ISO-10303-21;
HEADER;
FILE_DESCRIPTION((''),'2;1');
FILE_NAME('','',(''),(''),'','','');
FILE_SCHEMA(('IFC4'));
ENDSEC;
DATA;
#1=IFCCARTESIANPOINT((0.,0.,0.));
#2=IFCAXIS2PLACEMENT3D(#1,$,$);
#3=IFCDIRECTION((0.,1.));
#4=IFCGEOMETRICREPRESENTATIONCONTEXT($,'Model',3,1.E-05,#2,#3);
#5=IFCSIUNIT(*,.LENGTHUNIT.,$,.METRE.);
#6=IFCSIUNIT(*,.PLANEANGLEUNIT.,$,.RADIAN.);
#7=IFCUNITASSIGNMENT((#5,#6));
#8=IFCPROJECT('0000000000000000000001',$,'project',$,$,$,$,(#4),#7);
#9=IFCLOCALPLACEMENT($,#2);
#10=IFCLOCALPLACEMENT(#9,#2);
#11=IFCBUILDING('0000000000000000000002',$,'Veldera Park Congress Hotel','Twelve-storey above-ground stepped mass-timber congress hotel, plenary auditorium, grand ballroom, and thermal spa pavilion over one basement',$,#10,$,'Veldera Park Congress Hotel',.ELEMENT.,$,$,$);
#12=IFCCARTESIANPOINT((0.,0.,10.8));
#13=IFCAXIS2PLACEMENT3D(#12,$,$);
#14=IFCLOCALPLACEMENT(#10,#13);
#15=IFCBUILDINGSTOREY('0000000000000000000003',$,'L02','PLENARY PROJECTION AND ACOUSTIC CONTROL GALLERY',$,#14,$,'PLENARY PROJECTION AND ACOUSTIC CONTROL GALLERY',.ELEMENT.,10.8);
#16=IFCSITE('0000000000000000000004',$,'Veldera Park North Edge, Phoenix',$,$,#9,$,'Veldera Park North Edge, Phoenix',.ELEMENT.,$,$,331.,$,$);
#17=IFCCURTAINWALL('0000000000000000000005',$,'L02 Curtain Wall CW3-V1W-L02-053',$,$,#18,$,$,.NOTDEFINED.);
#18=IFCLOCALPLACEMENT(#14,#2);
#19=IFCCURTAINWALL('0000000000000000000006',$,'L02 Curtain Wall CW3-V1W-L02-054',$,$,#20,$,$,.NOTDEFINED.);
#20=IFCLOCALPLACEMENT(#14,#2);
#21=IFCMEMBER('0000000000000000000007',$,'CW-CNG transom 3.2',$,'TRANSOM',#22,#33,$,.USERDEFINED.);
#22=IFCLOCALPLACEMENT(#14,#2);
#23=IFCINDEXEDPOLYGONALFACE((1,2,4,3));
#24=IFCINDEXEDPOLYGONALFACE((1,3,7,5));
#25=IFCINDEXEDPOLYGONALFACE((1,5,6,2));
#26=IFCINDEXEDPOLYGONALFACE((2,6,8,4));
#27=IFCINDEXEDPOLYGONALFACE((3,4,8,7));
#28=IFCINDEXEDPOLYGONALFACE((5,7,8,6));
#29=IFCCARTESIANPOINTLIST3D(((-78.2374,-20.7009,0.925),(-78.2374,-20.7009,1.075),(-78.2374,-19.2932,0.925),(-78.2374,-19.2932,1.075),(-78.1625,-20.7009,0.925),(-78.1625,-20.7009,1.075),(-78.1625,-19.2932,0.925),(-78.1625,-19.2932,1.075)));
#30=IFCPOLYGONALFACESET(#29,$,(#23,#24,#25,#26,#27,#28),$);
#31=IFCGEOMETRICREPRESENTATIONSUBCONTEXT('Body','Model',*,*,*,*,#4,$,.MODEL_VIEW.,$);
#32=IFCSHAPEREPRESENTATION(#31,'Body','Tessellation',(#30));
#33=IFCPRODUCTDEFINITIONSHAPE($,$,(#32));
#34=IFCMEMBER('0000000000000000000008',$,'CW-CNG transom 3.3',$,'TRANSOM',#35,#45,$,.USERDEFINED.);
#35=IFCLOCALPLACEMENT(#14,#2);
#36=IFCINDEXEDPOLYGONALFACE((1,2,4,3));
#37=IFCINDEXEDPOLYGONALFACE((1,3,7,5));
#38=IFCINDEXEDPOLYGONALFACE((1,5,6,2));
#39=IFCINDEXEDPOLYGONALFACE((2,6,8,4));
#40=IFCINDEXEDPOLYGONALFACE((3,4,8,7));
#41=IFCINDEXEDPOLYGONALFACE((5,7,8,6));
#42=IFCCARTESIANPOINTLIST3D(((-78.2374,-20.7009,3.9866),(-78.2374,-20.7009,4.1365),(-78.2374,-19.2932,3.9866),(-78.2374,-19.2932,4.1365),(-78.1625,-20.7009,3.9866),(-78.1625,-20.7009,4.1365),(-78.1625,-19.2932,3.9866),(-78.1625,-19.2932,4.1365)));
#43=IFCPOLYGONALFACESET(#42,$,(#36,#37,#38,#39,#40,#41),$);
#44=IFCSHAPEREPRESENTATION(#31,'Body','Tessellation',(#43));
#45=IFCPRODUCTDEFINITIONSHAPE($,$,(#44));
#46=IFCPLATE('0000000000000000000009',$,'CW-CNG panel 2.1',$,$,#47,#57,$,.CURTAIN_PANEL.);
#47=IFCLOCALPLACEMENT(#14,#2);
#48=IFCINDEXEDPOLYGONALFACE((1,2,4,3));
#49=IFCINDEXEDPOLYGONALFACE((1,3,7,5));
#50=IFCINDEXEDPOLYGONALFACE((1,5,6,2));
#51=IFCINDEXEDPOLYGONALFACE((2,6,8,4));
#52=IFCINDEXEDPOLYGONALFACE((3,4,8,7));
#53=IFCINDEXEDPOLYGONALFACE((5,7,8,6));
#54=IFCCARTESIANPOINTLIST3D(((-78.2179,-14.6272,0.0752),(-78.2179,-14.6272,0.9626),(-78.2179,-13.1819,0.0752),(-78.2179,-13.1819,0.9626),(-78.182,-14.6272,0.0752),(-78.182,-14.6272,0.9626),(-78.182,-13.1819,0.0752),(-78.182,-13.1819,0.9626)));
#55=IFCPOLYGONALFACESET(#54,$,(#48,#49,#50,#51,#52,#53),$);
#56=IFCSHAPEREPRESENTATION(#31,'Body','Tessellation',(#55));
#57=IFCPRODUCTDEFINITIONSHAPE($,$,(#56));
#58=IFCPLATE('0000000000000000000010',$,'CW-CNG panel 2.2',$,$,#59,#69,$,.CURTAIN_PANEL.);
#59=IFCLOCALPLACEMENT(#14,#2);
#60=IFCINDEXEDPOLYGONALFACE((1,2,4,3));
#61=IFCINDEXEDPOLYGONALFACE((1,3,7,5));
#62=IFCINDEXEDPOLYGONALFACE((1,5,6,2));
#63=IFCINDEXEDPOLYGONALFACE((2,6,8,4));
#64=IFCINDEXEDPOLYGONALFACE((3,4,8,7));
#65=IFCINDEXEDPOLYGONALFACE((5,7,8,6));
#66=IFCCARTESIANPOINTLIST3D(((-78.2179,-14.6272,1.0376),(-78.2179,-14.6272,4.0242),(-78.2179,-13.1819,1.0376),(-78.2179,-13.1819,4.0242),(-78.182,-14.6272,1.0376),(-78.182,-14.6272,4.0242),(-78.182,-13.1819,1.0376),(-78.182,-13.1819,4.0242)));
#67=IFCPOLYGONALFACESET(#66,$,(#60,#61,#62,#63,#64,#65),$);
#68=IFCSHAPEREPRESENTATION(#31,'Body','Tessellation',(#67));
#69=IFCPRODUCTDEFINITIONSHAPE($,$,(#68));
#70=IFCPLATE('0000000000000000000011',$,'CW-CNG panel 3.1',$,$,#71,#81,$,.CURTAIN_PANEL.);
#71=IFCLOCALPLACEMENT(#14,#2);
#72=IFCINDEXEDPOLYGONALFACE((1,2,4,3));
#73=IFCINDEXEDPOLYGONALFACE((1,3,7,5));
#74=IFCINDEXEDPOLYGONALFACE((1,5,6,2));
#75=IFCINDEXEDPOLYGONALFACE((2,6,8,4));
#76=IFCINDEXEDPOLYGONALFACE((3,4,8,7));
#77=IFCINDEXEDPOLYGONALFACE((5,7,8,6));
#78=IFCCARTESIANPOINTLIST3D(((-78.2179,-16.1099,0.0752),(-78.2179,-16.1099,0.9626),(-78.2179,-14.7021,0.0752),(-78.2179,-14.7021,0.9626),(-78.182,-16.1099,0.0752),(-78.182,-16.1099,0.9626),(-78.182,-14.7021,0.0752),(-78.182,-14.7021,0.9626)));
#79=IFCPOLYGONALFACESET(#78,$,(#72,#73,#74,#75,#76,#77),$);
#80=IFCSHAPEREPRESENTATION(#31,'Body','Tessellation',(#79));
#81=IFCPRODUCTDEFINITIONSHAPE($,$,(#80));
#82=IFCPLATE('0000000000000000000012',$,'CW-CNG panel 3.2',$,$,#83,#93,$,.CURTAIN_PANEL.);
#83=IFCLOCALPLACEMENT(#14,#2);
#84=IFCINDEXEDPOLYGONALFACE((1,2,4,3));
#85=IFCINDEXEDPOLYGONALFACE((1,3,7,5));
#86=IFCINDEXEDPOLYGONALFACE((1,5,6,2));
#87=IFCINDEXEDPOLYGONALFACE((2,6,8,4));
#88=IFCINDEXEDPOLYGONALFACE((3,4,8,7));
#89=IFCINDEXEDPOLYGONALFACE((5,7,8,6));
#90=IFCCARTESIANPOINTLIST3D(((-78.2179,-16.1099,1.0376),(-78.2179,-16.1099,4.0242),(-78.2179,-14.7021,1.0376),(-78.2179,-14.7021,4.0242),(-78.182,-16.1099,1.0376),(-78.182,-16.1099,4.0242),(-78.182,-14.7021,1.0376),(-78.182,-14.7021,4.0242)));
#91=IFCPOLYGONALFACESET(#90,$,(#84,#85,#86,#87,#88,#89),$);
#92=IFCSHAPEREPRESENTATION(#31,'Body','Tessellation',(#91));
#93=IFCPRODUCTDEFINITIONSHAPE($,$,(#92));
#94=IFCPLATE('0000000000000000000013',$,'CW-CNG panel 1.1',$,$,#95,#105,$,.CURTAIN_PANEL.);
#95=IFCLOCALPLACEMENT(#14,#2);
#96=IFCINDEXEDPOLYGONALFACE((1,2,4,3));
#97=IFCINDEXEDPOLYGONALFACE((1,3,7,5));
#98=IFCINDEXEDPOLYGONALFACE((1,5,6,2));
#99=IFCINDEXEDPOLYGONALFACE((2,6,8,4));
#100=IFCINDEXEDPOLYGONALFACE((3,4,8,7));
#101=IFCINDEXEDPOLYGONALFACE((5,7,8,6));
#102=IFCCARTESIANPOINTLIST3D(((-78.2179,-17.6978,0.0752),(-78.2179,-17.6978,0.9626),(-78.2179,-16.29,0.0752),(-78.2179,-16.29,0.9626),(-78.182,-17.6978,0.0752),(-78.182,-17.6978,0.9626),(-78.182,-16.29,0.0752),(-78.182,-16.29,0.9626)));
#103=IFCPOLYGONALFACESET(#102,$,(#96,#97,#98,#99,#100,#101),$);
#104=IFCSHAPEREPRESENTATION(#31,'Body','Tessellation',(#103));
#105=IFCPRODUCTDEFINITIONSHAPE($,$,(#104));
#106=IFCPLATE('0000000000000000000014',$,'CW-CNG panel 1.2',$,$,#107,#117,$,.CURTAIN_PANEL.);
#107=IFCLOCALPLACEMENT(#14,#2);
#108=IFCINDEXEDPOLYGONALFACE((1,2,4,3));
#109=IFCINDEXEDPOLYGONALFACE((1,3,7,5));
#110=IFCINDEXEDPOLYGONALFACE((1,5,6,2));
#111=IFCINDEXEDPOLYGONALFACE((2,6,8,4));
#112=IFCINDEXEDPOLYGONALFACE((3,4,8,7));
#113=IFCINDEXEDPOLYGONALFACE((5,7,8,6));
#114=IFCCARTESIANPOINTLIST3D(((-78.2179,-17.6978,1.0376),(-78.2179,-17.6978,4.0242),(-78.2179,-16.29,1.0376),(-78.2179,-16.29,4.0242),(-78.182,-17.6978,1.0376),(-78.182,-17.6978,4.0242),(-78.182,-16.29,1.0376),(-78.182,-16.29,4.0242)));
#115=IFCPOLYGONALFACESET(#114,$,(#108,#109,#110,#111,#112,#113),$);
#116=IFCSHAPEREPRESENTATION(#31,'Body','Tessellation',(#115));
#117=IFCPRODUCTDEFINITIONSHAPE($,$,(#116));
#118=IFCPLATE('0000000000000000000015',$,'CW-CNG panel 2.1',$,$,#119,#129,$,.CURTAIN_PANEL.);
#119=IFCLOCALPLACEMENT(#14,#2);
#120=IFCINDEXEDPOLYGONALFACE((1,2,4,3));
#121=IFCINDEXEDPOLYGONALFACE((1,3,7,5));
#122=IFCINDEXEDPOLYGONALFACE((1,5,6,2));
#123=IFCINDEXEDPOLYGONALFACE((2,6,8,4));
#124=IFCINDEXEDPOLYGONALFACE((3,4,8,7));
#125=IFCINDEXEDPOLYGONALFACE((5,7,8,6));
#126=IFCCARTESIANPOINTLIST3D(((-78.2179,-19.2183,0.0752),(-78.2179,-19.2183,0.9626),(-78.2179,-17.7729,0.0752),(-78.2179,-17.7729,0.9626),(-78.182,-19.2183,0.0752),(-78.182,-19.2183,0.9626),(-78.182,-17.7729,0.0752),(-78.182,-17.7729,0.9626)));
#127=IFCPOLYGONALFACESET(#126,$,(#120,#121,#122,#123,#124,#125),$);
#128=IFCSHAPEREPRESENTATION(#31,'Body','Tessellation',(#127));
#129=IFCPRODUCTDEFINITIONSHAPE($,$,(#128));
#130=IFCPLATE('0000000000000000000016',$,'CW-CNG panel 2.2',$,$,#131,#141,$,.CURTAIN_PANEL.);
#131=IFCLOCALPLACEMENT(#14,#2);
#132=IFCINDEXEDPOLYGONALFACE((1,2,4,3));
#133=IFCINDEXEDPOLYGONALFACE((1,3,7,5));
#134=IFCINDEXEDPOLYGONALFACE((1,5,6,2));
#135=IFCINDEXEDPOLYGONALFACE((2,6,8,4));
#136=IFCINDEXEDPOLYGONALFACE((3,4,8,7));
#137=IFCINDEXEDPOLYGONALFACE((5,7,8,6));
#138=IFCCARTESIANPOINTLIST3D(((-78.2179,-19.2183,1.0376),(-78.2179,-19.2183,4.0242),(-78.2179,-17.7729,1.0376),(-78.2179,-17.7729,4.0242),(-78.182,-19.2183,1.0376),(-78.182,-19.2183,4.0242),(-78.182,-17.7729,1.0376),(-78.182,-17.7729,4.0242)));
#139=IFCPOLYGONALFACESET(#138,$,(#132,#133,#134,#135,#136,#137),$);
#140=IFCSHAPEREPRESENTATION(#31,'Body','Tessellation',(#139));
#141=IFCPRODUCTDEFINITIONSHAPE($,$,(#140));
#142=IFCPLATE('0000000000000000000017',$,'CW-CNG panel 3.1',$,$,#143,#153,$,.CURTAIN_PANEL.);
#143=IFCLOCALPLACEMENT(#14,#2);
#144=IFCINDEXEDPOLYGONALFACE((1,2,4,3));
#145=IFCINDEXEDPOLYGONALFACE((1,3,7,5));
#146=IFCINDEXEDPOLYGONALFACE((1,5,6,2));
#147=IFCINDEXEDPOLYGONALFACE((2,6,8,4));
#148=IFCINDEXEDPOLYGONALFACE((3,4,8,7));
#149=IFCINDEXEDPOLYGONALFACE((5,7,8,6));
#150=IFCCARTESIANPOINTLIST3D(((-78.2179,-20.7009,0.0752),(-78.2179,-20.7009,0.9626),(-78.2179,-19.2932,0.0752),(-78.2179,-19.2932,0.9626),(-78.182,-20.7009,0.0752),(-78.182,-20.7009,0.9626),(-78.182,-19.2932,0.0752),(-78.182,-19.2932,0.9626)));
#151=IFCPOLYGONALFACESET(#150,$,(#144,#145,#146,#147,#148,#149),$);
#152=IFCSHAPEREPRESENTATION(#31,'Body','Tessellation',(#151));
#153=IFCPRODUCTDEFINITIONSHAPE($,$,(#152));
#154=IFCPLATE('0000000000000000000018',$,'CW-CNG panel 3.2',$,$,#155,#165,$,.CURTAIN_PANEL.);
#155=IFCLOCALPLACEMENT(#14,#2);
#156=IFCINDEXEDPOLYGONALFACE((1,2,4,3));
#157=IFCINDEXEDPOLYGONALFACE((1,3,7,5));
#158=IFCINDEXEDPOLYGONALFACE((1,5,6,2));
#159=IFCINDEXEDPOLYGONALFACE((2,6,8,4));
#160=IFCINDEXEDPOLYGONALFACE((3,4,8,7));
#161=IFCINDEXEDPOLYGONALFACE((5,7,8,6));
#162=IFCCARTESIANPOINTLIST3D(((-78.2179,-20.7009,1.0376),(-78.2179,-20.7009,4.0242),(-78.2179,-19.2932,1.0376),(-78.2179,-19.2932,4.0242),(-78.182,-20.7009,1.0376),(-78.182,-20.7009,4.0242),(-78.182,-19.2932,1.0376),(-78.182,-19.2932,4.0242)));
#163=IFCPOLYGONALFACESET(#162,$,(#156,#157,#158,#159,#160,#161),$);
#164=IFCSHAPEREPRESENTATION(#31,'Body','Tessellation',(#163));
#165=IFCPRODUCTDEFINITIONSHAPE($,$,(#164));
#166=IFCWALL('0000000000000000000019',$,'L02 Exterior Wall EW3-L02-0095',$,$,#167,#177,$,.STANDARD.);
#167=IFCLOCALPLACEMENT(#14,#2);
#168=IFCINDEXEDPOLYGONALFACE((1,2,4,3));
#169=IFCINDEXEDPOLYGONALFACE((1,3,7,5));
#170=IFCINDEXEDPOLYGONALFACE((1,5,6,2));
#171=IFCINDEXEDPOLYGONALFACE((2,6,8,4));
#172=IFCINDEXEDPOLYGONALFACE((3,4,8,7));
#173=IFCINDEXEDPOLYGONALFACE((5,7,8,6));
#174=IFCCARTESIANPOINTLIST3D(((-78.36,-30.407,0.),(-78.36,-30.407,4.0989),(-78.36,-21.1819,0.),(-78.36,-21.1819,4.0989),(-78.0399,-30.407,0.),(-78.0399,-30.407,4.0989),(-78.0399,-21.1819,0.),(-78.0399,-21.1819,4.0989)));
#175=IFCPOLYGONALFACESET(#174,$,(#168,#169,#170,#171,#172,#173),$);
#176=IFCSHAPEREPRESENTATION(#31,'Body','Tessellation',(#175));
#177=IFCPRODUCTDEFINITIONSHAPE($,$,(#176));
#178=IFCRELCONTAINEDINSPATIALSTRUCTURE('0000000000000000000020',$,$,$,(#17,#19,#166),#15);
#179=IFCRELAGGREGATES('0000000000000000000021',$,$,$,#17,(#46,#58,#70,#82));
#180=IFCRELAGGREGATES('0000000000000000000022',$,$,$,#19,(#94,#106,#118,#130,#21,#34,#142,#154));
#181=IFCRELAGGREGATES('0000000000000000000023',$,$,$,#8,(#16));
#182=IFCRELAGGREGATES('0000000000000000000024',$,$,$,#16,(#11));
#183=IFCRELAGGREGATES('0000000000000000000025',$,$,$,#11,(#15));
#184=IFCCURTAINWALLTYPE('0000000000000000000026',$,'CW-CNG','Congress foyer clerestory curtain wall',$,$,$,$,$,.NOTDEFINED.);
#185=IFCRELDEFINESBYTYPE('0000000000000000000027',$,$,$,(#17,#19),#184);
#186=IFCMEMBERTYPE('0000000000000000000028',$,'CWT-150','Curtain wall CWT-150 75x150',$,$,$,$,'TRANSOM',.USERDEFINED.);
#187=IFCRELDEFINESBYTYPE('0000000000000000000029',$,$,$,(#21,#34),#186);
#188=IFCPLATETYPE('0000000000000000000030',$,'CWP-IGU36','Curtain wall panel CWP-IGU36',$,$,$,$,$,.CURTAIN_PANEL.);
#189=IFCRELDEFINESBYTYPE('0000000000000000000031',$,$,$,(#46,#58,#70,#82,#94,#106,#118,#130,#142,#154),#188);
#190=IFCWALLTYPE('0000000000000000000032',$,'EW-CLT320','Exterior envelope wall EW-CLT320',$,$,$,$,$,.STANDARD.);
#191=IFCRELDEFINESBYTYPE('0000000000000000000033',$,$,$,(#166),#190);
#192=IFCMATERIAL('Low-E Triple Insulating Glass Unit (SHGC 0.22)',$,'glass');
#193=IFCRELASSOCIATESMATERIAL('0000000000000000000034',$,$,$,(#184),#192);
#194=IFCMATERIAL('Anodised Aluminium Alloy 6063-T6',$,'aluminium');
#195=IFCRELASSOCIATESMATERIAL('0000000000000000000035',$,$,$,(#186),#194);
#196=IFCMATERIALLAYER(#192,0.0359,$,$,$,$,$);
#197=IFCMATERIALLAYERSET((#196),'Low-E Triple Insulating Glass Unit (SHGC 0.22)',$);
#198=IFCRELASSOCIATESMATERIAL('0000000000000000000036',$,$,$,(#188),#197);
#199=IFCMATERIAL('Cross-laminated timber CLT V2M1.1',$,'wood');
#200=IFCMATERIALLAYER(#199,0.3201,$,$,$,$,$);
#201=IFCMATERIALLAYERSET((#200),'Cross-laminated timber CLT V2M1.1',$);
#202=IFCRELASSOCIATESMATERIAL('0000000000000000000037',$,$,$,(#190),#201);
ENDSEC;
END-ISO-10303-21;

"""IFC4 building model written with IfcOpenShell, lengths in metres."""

from ifc_helpers import new_model, si_unit, direction, frame, frame_2d, origin, origin_2d, place, context, subcontext, project, spatial, rectangle, extrude, material, layer, layer_set, material_profile, profile_set, type_object, element, aggregate, save


model = new_model("IFC4")

# Units and contexts
model_context = context("Model", 3, precision=1e-05, world=origin(), true_north=direction((0.0, 1.0)))
body_context = subcontext(model_context, "Body", "Model", "MODEL_VIEW")
ifc_project = project(units=[si_unit("LENGTHUNIT", "METRE"), si_unit("PLANEANGLEUNIT", "RADIAN")], contexts=[model_context])

# Site, building, storey
site_placement = place(None, origin())
site = spatial("IfcSite", under=ifc_project, at=site_placement, Name="Veldera Park North Edge, Phoenix", LongName="Veldera Park North Edge, Phoenix", CompositionType="ELEMENT", RefElevation=331.0)
building_placement = place(site_placement, origin())
building = spatial("IfcBuilding", under=site, at=building_placement, Name="Veldera Park Congress Hotel", Description="Twelve-storey above-ground stepped mass-timber congress hotel, plenary auditorium, grand ballroom, and thermal spa pavilion over one basement", LongName="Veldera Park Congress Hotel", CompositionType="ELEMENT")
storey_placement = place(building_placement, frame((0.0, 0.0, 10.8)))
storey = spatial("IfcBuildingStorey", under=building, at=storey_placement, Name="L02", Description="PLENARY PROJECTION AND ACOUSTIC CONTROL GALLERY", LongName="PLENARY PROJECTION AND ACOUSTIC CONTROL GALLERY", CompositionType="ELEMENT", Elevation=10.8)

# Curtain walls
ifc_material_1 = material(Name="Low-E Triple Insulating Glass Unit (SHGC 0.22)", Category="glass")
curtain_wall_type = type_object("IfcCurtainWallType", Name="CW-CNG", Description="Congress foyer clerestory curtain wall", PredefinedType="NOTDEFINED", material=ifc_material_1)
curtain_wall_1_placement = place(storey_placement, origin())
curtain_wall_1 = element("IfcCurtainWall", 1, at=curtain_wall_1_placement, inside=storey, type_object=curtain_wall_type, Name="L02 Curtain Wall CW3-V1W-L02-053", PredefinedType="NOTDEFINED")
ifc_material_2 = material(Name="Anodised Aluminium Alloy 6063-T6", Category="aluminium")
curtain_wall_2_placement = place(storey_placement, origin())
curtain_wall_2 = element("IfcCurtainWall", 2, at=curtain_wall_2_placement, inside=storey, type_object=curtain_wall_type, Name="L02 Curtain Wall CW3-V1W-L02-054", PredefinedType="NOTDEFINED")

# Members
ifc_material_profile_1 = material_profile(ifc_material_2, rectangle(XDim=0.075, YDim=0.1499, at=origin_2d()), Name="ALU 75x150")
ifc_profile_set_1 = profile_set([ifc_material_profile_1], Name="Anodised Aluminium Alloy 6063-T6")
member_type_1 = type_object("IfcMemberType", Name="CWT-150", Description="Curtain wall CWT-150 75x150", ElementType="TRANSOM", PredefinedType="USERDEFINED", material=ifc_profile_set_1)
member_1_placement = place(storey_placement, frame((-78.2, -19.2932, 1.0), z_axis=(0.0, -1.0, 0.0), x_axis=(1.0, 0.0, 0.0)))
member_1 = element("IfcMember", 3, at=member_1_placement, type_object=member_type_1, Name="CW-CNG transom 3.2", ObjectType="TRANSOM", PredefinedType="USERDEFINED", context=body_context, shape_type="SweptSolid", body=[
    extrude(rectangle(XDim=0.075, YDim=0.1499, at=origin_2d()), origin(), (0.0, 0.0, 1.0), 1.4077),
])
member_2_placement = place(storey_placement, frame((-78.2, -19.2932, 4.0615), z_axis=(0.0, -1.0, 0.0), x_axis=(1.0, 0.0, 0.0)))
member_2 = element("IfcMember", 4, at=member_2_placement, type_object=member_type_1, Name="CW-CNG transom 3.3", ObjectType="TRANSOM", PredefinedType="USERDEFINED", context=body_context, shape_type="SweptSolid", body=[
    extrude(rectangle(XDim=0.075, YDim=0.1499, at=origin_2d()), origin(), (0.0, 0.0, 1.0), 1.4077),
])

# Plates
ifc_layer_1 = layer(ifc_material_1, 0.0359)
ifc_layer_set_1 = layer_set([ifc_layer_1], Name="Low-E Triple Insulating Glass Unit (SHGC 0.22)")
plate_type = type_object("IfcPlateType", Name="CWP-IGU36", Description="Curtain wall panel CWP-IGU36", PredefinedType="CURTAIN_PANEL", material=ifc_layer_set_1)
plate_1_placement = place(storey_placement, frame((-78.2, -13.9045, 0.0752), z_axis=(0.0, 0.0, 1.0), x_axis=(0.0, -1.0, 0.0)))
plate_1 = element("IfcPlate", 5, at=plate_1_placement, type_object=plate_type, Name="CW-CNG panel 2.1", PredefinedType="CURTAIN_PANEL", context=body_context, shape_type="SweptSolid", body=[
    extrude(rectangle(XDim=1.4453, YDim=0.0359, at=origin_2d()), origin(), (0.0, 0.0, 1.0), 0.8875),
])
plate_2_placement = place(storey_placement, frame((-78.2, -13.9045, 1.0376), z_axis=(0.0, 0.0, 1.0), x_axis=(0.0, -1.0, 0.0)))
plate_2 = element("IfcPlate", 6, at=plate_2_placement, type_object=plate_type, Name="CW-CNG panel 2.2", PredefinedType="CURTAIN_PANEL", context=body_context, shape_type="SweptSolid", body=[
    extrude(rectangle(XDim=1.4453, YDim=0.0359, at=origin_2d()), origin(), (0.0, 0.0, 1.0), 2.9866),
])
plate_3_placement = place(storey_placement, frame((-78.2, -15.406, 0.0752), z_axis=(0.0, 0.0, 1.0), x_axis=(0.0, -1.0, 0.0)))
plate_3 = element("IfcPlate", 7, at=plate_3_placement, type_object=plate_type, Name="CW-CNG panel 3.1", PredefinedType="CURTAIN_PANEL", context=body_context, shape_type="SweptSolid", body=[
    extrude(rectangle(XDim=1.4077, YDim=0.0359, at=origin_2d()), origin(), (0.0, 0.0, 1.0), 0.8875),
])
plate_4_placement = place(storey_placement, frame((-78.2, -15.406, 1.0376), z_axis=(0.0, 0.0, 1.0), x_axis=(0.0, -1.0, 0.0)))
plate_4 = element("IfcPlate", 8, at=plate_4_placement, type_object=plate_type, Name="CW-CNG panel 3.2", PredefinedType="CURTAIN_PANEL", context=body_context, shape_type="SweptSolid", body=[
    extrude(rectangle(XDim=1.4077, YDim=0.0359, at=origin_2d()), origin(), (0.0, 0.0, 1.0), 2.9866),
])
aggregate(curtain_wall_1, [plate_1, plate_2, plate_3, plate_4])
plate_5_placement = place(storey_placement, frame((-78.2, -16.9939, 0.0752), z_axis=(0.0, 0.0, 1.0), x_axis=(0.0, -1.0, 0.0)))
plate_5 = element("IfcPlate", 9, at=plate_5_placement, type_object=plate_type, Name="CW-CNG panel 1.1", PredefinedType="CURTAIN_PANEL", context=body_context, shape_type="SweptSolid", body=[
    extrude(rectangle(XDim=1.4077, YDim=0.0359, at=origin_2d()), origin(), (0.0, 0.0, 1.0), 0.8875),
])
plate_6_placement = place(storey_placement, frame((-78.2, -16.9939, 1.0376), z_axis=(0.0, 0.0, 1.0), x_axis=(0.0, -1.0, 0.0)))
plate_6 = element("IfcPlate", 10, at=plate_6_placement, type_object=plate_type, Name="CW-CNG panel 1.2", PredefinedType="CURTAIN_PANEL", context=body_context, shape_type="SweptSolid", body=[
    extrude(rectangle(XDim=1.4077, YDim=0.0359, at=origin_2d()), origin(), (0.0, 0.0, 1.0), 2.9866),
])
plate_7_placement = place(storey_placement, frame((-78.2, -18.4956, 0.0752), z_axis=(0.0, 0.0, 1.0), x_axis=(0.0, -1.0, 0.0)))
plate_7 = element("IfcPlate", 11, at=plate_7_placement, type_object=plate_type, Name="CW-CNG panel 2.1", PredefinedType="CURTAIN_PANEL", context=body_context, shape_type="SweptSolid", body=[
    extrude(rectangle(XDim=1.4453, YDim=0.0359, at=origin_2d()), origin(), (0.0, 0.0, 1.0), 0.8875),
])
plate_8_placement = place(storey_placement, frame((-78.2, -18.4956, 1.0376), z_axis=(0.0, 0.0, 1.0), x_axis=(0.0, -1.0, 0.0)))
plate_8 = element("IfcPlate", 12, at=plate_8_placement, type_object=plate_type, Name="CW-CNG panel 2.2", PredefinedType="CURTAIN_PANEL", context=body_context, shape_type="SweptSolid", body=[
    extrude(rectangle(XDim=1.4453, YDim=0.0359, at=origin_2d()), origin(), (0.0, 0.0, 1.0), 2.9866),
])
plate_9_placement = place(storey_placement, frame((-78.2, -19.9971, 0.0752), z_axis=(0.0, 0.0, 1.0), x_axis=(0.0, -1.0, 0.0)))
plate_9 = element("IfcPlate", 13, at=plate_9_placement, type_object=plate_type, Name="CW-CNG panel 3.1", PredefinedType="CURTAIN_PANEL", context=body_context, shape_type="SweptSolid", body=[
    extrude(rectangle(XDim=1.4077, YDim=0.0359, at=origin_2d()), origin(), (0.0, 0.0, 1.0), 0.8875),
])
plate_10_placement = place(storey_placement, frame((-78.2, -19.9971, 1.0376), z_axis=(0.0, 0.0, 1.0), x_axis=(0.0, -1.0, 0.0)))
plate_10 = element("IfcPlate", 14, at=plate_10_placement, type_object=plate_type, Name="CW-CNG panel 3.2", PredefinedType="CURTAIN_PANEL", context=body_context, shape_type="SweptSolid", body=[
    extrude(rectangle(XDim=1.4077, YDim=0.0359, at=origin_2d()), origin(), (0.0, 0.0, 1.0), 2.9866),
])
aggregate(curtain_wall_2, [plate_5, plate_6, plate_7, plate_8, member_1, member_2, plate_9, plate_10])

# Wall
ifc_material_3 = material(Name="Cross-laminated timber CLT V2M1.1", Category="wood")
ifc_layer_2 = layer(ifc_material_3, 0.3201)
ifc_layer_set_2 = layer_set([ifc_layer_2], Name="Cross-laminated timber CLT V2M1.1")
wall_type = type_object("IfcWallType", Name="EW-CLT320", Description="Exterior envelope wall EW-CLT320", PredefinedType="STANDARD", material=ifc_layer_set_2)
wall_placement = place(storey_placement, frame((-78.2, -21.1819, 0.0), z_axis=(0.0, 0.0, 1.0), x_axis=(0.0, -1.0, 0.0)))
element("IfcWall", 15, at=wall_placement, inside=storey, type_object=wall_type, Name="L02 Exterior Wall EW3-L02-0095", PredefinedType="STANDARD", context=body_context, shape_type="SweptSolid", body=[
    extrude(rectangle(XDim=9.2251, YDim=0.3201, at=frame_2d((4.6125, 0.0))), origin(), (0.0, 0.0, 1.0), 4.0989),
])

save(model, "model.ifc")
